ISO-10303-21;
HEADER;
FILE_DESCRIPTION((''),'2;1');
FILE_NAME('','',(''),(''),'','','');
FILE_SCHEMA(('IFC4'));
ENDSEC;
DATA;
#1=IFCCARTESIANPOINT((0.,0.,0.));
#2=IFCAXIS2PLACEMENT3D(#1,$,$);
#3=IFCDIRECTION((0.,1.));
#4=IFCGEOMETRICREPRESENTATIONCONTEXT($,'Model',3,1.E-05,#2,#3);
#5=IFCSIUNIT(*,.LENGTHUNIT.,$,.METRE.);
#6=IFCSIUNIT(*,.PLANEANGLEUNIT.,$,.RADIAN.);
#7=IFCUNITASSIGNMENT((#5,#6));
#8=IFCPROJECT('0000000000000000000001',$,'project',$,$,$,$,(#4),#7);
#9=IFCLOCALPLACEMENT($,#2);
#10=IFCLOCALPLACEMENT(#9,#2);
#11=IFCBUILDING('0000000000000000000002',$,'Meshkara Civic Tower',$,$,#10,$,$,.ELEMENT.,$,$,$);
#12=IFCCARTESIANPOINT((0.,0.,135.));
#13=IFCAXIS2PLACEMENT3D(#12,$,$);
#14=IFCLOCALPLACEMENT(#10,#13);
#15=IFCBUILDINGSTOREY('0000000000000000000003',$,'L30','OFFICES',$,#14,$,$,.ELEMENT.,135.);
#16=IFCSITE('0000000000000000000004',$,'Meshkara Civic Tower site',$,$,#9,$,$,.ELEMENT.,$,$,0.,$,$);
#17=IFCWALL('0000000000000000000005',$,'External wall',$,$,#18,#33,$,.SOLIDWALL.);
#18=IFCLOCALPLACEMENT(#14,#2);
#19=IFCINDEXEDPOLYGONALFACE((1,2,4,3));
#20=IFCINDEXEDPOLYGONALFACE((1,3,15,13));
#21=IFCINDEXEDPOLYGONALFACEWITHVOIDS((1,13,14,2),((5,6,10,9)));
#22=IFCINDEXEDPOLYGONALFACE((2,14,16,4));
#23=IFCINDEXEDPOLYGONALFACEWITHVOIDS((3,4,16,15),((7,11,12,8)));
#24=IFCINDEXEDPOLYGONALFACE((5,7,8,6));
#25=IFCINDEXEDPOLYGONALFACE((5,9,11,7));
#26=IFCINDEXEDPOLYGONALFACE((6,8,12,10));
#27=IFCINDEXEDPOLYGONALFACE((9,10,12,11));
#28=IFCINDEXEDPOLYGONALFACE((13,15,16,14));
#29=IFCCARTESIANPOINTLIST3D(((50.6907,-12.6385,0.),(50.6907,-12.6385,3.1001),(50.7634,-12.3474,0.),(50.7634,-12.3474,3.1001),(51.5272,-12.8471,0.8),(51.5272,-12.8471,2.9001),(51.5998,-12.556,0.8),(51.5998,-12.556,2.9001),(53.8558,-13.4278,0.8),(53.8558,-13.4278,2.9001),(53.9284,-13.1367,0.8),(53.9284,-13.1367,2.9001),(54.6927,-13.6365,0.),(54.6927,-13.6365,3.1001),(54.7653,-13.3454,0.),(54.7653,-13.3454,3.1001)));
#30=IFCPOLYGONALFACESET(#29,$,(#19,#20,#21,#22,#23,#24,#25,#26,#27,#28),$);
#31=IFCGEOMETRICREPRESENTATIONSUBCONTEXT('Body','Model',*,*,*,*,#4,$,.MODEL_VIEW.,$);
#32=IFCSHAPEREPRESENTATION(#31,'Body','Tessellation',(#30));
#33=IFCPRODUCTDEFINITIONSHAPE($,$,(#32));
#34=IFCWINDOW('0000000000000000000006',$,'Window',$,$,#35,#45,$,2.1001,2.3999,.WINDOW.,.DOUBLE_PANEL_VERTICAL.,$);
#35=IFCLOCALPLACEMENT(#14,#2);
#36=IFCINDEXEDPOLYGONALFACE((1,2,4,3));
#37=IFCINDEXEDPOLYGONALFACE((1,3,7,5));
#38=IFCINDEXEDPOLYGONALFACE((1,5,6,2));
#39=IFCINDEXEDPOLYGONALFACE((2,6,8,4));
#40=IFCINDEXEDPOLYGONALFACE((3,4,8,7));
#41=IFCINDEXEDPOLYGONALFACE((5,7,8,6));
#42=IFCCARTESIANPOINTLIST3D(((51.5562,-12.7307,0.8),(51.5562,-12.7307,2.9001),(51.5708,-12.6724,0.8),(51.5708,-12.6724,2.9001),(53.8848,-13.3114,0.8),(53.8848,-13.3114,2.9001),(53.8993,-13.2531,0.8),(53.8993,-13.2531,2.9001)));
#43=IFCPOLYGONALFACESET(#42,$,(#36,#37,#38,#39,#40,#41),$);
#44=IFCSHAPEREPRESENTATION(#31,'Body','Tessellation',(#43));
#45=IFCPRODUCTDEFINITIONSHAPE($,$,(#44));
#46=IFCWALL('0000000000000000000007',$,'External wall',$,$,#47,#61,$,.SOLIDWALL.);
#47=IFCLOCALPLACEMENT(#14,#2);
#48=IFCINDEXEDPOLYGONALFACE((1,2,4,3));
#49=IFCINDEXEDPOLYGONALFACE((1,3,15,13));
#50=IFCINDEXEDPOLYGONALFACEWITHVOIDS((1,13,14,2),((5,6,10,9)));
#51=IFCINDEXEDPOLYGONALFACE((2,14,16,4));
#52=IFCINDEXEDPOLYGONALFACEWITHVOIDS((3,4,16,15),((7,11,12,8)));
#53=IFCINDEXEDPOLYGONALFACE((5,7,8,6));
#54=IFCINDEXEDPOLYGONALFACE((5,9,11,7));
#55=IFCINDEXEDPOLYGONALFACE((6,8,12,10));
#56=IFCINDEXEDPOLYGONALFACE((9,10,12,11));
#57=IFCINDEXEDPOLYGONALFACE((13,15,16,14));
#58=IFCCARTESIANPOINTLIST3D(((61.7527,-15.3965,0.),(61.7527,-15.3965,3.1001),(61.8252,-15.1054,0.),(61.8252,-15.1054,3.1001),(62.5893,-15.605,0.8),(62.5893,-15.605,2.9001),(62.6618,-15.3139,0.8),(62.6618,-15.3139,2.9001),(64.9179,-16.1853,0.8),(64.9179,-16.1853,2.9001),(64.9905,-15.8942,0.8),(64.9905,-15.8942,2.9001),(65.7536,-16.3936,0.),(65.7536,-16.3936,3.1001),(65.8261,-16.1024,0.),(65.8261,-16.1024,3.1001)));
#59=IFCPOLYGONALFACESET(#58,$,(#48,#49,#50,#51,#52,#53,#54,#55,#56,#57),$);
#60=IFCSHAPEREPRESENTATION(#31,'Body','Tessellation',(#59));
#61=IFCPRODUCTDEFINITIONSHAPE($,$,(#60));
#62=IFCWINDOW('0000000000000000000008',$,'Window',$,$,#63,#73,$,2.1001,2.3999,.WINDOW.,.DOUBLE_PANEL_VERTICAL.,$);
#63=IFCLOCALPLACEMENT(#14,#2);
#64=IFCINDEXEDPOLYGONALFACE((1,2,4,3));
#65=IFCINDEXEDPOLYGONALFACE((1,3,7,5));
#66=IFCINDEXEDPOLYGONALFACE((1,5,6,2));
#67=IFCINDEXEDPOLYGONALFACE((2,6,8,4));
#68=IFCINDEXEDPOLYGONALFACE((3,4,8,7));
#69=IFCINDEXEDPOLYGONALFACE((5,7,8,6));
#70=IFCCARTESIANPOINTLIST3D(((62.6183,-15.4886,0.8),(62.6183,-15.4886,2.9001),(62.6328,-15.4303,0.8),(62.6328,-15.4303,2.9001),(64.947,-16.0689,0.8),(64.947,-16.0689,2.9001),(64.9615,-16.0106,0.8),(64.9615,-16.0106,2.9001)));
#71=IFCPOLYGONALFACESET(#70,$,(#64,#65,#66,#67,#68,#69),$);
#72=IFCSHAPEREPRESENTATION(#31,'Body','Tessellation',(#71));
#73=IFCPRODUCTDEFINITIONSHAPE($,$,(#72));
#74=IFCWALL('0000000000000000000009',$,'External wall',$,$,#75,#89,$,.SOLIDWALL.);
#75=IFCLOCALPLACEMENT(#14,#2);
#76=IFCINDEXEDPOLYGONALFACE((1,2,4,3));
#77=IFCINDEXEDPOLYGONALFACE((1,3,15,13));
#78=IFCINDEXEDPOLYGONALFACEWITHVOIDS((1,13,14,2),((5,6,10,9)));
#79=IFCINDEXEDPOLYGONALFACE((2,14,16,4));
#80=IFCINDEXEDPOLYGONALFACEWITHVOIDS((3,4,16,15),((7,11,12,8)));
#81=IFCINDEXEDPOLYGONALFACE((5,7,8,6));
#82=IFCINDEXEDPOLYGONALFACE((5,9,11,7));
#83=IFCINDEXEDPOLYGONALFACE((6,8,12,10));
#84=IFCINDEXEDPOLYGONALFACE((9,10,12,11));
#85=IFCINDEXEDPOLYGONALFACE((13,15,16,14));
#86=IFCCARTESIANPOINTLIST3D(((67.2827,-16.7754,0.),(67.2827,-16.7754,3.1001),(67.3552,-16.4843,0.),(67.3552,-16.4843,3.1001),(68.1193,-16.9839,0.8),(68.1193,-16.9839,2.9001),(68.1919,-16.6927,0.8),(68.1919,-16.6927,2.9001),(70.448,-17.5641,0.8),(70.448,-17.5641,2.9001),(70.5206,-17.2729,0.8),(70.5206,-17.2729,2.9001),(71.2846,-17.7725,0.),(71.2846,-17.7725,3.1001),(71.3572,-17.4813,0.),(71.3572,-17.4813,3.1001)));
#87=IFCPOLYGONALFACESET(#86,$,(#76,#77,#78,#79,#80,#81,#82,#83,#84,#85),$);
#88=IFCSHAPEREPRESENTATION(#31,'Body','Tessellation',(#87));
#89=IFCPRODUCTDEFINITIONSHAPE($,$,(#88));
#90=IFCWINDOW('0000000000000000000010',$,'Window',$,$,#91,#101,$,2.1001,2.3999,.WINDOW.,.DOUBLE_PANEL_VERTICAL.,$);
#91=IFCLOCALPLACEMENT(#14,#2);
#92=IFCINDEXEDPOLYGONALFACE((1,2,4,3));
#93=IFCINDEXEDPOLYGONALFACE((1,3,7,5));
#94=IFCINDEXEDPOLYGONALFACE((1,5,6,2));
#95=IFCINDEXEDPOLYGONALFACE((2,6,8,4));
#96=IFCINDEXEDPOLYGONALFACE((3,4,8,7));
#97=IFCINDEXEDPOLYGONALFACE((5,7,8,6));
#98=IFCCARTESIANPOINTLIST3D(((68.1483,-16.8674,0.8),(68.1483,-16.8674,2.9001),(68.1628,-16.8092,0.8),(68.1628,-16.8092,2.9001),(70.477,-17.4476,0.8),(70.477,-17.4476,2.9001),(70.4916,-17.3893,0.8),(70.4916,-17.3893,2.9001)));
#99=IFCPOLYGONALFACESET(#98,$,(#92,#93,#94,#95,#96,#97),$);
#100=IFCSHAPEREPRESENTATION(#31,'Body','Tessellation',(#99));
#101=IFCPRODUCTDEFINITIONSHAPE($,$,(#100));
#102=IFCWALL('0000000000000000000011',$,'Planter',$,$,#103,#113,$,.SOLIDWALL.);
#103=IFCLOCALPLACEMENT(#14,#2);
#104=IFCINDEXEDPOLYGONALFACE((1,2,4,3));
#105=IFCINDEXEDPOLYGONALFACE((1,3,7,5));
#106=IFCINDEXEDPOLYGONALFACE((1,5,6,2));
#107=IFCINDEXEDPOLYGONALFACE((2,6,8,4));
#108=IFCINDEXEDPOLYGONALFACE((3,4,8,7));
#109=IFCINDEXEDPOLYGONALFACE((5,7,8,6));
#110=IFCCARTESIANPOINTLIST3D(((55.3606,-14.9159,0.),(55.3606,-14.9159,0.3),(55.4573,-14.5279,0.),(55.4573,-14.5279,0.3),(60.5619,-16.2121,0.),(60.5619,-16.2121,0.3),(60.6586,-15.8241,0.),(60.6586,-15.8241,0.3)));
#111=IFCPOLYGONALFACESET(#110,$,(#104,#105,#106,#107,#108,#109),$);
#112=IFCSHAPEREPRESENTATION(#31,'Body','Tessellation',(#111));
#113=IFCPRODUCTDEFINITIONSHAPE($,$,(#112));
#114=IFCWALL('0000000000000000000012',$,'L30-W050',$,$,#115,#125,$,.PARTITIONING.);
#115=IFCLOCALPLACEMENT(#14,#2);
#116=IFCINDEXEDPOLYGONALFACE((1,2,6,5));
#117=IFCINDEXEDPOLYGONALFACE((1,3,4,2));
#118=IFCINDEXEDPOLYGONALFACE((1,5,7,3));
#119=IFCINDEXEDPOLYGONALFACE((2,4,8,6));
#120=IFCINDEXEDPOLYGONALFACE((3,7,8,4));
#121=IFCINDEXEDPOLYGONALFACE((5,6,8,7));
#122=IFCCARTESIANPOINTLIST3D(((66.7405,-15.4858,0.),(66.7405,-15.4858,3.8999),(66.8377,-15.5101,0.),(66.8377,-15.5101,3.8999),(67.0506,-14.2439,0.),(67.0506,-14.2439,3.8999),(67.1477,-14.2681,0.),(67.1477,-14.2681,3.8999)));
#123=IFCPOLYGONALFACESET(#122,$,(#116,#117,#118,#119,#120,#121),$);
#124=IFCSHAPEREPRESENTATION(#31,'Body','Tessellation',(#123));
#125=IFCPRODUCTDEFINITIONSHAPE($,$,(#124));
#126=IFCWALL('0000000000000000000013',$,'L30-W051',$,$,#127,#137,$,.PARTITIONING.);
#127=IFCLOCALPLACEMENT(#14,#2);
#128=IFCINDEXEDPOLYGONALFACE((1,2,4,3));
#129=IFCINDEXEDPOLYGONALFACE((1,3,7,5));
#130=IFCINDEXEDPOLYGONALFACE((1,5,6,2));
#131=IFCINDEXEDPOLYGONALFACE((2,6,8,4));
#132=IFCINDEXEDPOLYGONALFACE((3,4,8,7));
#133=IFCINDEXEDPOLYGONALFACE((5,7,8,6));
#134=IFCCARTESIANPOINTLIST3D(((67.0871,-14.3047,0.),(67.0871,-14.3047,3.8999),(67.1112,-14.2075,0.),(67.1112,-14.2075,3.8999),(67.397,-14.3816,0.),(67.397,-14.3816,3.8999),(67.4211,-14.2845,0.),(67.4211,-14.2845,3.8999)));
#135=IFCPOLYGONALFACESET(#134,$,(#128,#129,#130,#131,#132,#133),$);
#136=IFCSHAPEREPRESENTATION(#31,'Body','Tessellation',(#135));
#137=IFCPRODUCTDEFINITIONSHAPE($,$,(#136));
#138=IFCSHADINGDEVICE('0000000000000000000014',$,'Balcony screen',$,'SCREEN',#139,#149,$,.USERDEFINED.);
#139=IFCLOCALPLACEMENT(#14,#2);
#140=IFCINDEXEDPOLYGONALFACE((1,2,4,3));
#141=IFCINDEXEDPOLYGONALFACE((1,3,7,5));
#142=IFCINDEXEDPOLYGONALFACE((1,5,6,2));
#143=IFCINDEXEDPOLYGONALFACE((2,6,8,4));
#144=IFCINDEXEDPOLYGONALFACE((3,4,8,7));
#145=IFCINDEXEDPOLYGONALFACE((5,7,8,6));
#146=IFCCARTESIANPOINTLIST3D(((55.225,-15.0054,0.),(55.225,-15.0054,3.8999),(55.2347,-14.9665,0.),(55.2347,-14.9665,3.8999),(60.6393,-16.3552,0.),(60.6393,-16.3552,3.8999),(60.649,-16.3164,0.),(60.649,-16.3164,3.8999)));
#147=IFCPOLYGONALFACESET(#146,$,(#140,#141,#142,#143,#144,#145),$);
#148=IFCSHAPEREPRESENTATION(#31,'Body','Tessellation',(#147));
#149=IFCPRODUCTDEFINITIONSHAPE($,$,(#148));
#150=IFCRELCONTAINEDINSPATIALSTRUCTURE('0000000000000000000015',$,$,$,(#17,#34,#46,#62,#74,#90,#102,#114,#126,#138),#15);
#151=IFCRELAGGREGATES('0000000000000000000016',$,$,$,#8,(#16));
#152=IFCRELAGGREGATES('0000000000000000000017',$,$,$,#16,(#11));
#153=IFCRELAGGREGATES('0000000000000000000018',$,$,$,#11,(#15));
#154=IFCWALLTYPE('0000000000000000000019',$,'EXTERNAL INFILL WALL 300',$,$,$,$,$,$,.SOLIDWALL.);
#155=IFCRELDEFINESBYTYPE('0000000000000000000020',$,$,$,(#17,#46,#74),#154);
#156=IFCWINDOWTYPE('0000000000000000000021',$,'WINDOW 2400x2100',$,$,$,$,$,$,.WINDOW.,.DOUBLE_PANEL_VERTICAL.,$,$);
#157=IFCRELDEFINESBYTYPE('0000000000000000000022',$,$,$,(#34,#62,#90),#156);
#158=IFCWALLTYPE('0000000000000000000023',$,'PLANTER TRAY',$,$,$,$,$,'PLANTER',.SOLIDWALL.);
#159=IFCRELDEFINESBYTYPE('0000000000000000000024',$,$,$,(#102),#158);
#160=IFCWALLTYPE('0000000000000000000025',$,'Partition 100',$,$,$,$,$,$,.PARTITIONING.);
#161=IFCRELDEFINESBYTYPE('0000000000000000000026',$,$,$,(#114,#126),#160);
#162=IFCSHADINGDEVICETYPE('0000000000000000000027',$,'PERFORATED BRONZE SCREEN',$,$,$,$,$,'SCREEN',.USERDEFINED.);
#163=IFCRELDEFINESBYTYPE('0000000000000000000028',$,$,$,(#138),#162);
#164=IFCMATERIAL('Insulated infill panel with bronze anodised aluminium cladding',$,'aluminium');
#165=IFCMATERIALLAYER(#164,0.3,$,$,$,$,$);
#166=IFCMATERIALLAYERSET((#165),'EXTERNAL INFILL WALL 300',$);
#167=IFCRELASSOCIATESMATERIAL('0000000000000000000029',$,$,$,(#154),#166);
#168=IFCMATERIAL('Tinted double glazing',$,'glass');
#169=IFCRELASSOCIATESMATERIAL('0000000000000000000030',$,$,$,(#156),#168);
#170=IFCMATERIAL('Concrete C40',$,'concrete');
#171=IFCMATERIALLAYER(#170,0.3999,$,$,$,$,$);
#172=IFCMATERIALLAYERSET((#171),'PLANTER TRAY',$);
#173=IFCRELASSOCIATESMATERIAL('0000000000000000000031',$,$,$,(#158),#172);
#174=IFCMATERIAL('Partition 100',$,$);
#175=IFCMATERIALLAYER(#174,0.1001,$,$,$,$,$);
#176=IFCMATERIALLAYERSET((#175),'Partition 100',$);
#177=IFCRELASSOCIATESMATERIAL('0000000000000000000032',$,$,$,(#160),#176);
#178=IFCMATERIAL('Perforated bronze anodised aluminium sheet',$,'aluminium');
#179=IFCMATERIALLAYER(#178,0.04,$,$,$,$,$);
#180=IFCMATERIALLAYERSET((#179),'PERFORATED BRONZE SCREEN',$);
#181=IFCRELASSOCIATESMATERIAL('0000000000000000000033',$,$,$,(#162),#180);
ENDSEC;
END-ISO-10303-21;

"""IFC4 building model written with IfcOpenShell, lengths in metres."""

from ifc_helpers import new_model, si_unit, direction, frame, frame_2d, origin, origin_2d, place, context, subcontext, project, spatial, rectangle, extrude, material, layer, layer_set, type_object, element, fill, save


model = new_model("IFC4")

# Units and contexts
model_context = context("Model", 3, precision=1e-05, world=origin(), true_north=direction((0.0, 1.0)))
body_context = subcontext(model_context, "Body", "Model", "MODEL_VIEW")
ifc_project = project(units=[si_unit("LENGTHUNIT", "METRE"), si_unit("PLANEANGLEUNIT", "RADIAN")], contexts=[model_context])

# Site, building, storey
site_placement = place(None, origin())
site = spatial("IfcSite", under=ifc_project, at=site_placement, Name="Meshkara Civic Tower site", CompositionType="ELEMENT", RefElevation=0.0)
building_placement = place(site_placement, origin())
building = spatial("IfcBuilding", under=site, at=building_placement, Name="Meshkara Civic Tower", CompositionType="ELEMENT")
storey_placement = place(building_placement, frame((0.0, 0.0, 135.0)))
storey = spatial("IfcBuildingStorey", under=building, at=storey_placement, Name="L30", Description="OFFICES", CompositionType="ELEMENT", Elevation=135.0)

# Walls, openings, windows
ifc_material_1 = material(Name="Insulated infill panel with bronze anodised aluminium cladding", Category="aluminium")
ifc_layer_1 = layer(ifc_material_1, 0.3)
ifc_layer_set_1 = layer_set([ifc_layer_1], Name="EXTERNAL INFILL WALL 300")
wall_type_1 = type_object("IfcWallType", Name="EXTERNAL INFILL WALL 300", PredefinedType="SOLIDWALL", material=ifc_layer_set_1)
wall_1_placement = place(storey_placement, frame((50.7271, -12.4929, 0.0), z_axis=(0.0, 0.0, 1.0), x_axis=(0.970282, -0.241978, 0.0)))
wall_1 = element("IfcWall", 1, at=wall_1_placement, inside=storey, type_object=wall_type_1, Name="External wall", PredefinedType="SOLIDWALL", context=body_context, shape_type="SweptSolid", body=[
    extrude(rectangle(XDim=4.1245, YDim=0.3, at=frame_2d((2.0623, 0.0))), origin(), (0.0, 0.0, 1.0), 3.1001),
])
opening_1_placement = place(wall_1_placement, frame((0.8621, 0.0, 0.8)))
opening_1 = element("IfcOpeningElement", 2, at=opening_1_placement, cuts=wall_1, PredefinedType="OPENING", context=body_context, shape_type="SweptSolid", body=[
    extrude(rectangle(XDim=2.3999, YDim=2.1001, at=frame_2d((1.2, 1.05))), frame((0.0, 0.1599, 0.0), z_axis=(0.0, -1.0, 0.0), x_axis=(1.0, 0.0, 0.0)), (0.0, 0.0, 1.0), 0.3201),
])
ifc_material_2 = material(Name="Tinted double glazing", Category="glass")
window_type = type_object("IfcWindowType", Name="WINDOW 2400x2100", PartitioningType="DOUBLE_PANEL_VERTICAL", PredefinedType="WINDOW", material=ifc_material_2)
window_1_placement = place(opening_1_placement, origin())
window_1 = element("IfcWindow", 3, at=window_1_placement, inside=storey, type_object=window_type, Name="Window", OverallHeight=2.1001, OverallWidth=2.3999, PartitioningType="DOUBLE_PANEL_VERTICAL", PredefinedType="WINDOW", context=body_context, shape_type="SweptSolid", body=[
    extrude(rectangle(XDim=2.3999, YDim=2.1001, at=frame_2d((1.2, 1.05))), frame((0.0, 0.03, 0.0), z_axis=(0.0, -1.0, 0.0), x_axis=(1.0, 0.0, 0.0)), (0.0, 0.0, 1.0), 0.0601),
])
fill(opening_1, window_1)
wall_2_placement = place(storey_placement, frame((61.7891, -15.251, 0.0), z_axis=(0.0, 0.0, 1.0), x_axis=(0.970323, -0.241811, 0.0)))
wall_2 = element("IfcWall", 4, at=wall_2_placement, inside=storey, type_object=wall_type_1, Name="External wall", PredefinedType="SOLIDWALL", context=body_context, shape_type="SweptSolid", body=[
    extrude(rectangle(XDim=4.1233, YDim=0.3, at=frame_2d((2.0615, 0.0))), origin(), (0.0, 0.0, 1.0), 3.1001),
])
opening_2_placement = place(wall_2_placement, frame((0.8621, 0.0, 0.8)))
opening_2 = element("IfcOpeningElement", 5, at=opening_2_placement, cuts=wall_2, PredefinedType="OPENING", context=body_context, shape_type="SweptSolid", body=[
    extrude(rectangle(XDim=2.3999, YDim=2.1001, at=frame_2d((1.2, 1.05))), frame((0.0, 0.1599, 0.0), z_axis=(0.0, -1.0, 0.0), x_axis=(1.0, 0.0, 0.0)), (0.0, 0.0, 1.0), 0.3201),
])
window_2_placement = place(opening_2_placement, origin())
window_2 = element("IfcWindow", 6, at=window_2_placement, inside=storey, type_object=window_type, Name="Window", OverallHeight=2.1001, OverallWidth=2.3999, PartitioningType="DOUBLE_PANEL_VERTICAL", PredefinedType="WINDOW", context=body_context, shape_type="SweptSolid", body=[
    extrude(rectangle(XDim=2.3999, YDim=2.1001, at=frame_2d((1.2, 1.05))), frame((0.0, 0.03, 0.0), z_axis=(0.0, -1.0, 0.0), x_axis=(1.0, 0.0, 0.0)), (0.0, 0.0, 1.0), 0.0601),
])
fill(opening_2, window_2)
wall_3_placement = place(storey_placement, frame((67.3191, -16.6299, 0.0), z_axis=(0.0, 0.0, 1.0), x_axis=(0.970337, -0.241756, 0.0)))
wall_3 = element("IfcWall", 7, at=wall_3_placement, inside=storey, type_object=wall_type_1, Name="External wall", PredefinedType="SOLIDWALL", context=body_context, shape_type="SweptSolid", body=[
    extrude(rectangle(XDim=4.1243, YDim=0.3, at=frame_2d((2.062, 0.0))), origin(), (0.0, 0.0, 1.0), 3.1001),
])
opening_3_placement = place(wall_3_placement, frame((0.8621, 0.0, 0.8)))
opening_3 = element("IfcOpeningElement", 8, at=opening_3_placement, cuts=wall_3, PredefinedType="OPENING", context=body_context, shape_type="SweptSolid", body=[
    extrude(rectangle(XDim=2.3999, YDim=2.1001, at=frame_2d((1.2, 1.05))), frame((0.0, 0.1599, 0.0), z_axis=(0.0, -1.0, 0.0), x_axis=(1.0, 0.0, 0.0)), (0.0, 0.0, 1.0), 0.3201),
])
window_3_placement = place(opening_3_placement, origin())
window_3 = element("IfcWindow", 9, at=window_3_placement, inside=storey, type_object=window_type, Name="Window", OverallHeight=2.1001, OverallWidth=2.3999, PartitioningType="DOUBLE_PANEL_VERTICAL", PredefinedType="WINDOW", context=body_context, shape_type="SweptSolid", body=[
    extrude(rectangle(XDim=2.3999, YDim=2.1001, at=frame_2d((1.2, 1.05))), frame((0.0, 0.03, 0.0), z_axis=(0.0, -1.0, 0.0), x_axis=(1.0, 0.0, 0.0)), (0.0, 0.0, 1.0), 0.0601),
])
fill(opening_3, window_3)

# Walls
ifc_material_3 = material(Name="Concrete C40", Category="concrete")
ifc_layer_2 = layer(ifc_material_3, 0.3999)
ifc_layer_set_2 = layer_set([ifc_layer_2], Name="PLANTER TRAY")
wall_type_2 = type_object("IfcWallType", Name="PLANTER TRAY", ElementType="PLANTER", PredefinedType="SOLIDWALL", material=ifc_layer_set_2)
wall_4_placement = place(storey_placement, frame((55.4089, -14.7219, 0.0), z_axis=(0.0, 0.0, 1.0), x_axis=(0.970324, -0.241807, 0.0)))
element("IfcWall", 10, at=wall_4_placement, inside=storey, type_object=wall_type_2, Name="Planter", PredefinedType="SOLIDWALL", context=body_context, shape_type="SweptSolid", body=[
    extrude(rectangle(XDim=5.3604, YDim=0.3999, at=frame_2d((2.6802, 0.0))), origin(), (0.0, 0.0, 1.0), 0.3),
])
ifc_material_4 = material(Name="Partition 100")
ifc_layer_3 = layer(ifc_material_4, 0.1001)
ifc_layer_set_3 = layer_set([ifc_layer_3], Name="Partition 100")
wall_type_3 = type_object("IfcWallType", Name="Partition 100", PredefinedType="PARTITIONING", material=ifc_layer_set_3)
wall_5_placement = place(storey_placement, frame((66.7891, -15.498, 0.0), z_axis=(0.0, 0.0, 1.0), x_axis=(0.242221, 0.970221, 0.0)))
element("IfcWall", 11, at=wall_5_placement, inside=storey, type_object=wall_type_3, Name="L30-W050", PredefinedType="PARTITIONING", context=body_context, shape_type="SweptSolid", body=[
    extrude(rectangle(XDim=1.28, YDim=0.1001, at=frame_2d((0.6401, 0.0))), origin(), (0.0, 0.0, 1.0), 3.8999),
])
wall_6_placement = place(storey_placement, frame((67.0991, -14.2561, 0.0), z_axis=(0.0, 0.0, 1.0), x_axis=(0.970546, -0.240916, 0.0)))
element("IfcWall", 12, at=wall_6_placement, inside=storey, type_object=wall_type_3, Name="L30-W051", PredefinedType="PARTITIONING", context=body_context, shape_type="SweptSolid", body=[
    extrude(rectangle(XDim=0.3193, YDim=0.1001, at=frame_2d((0.1597, 0.0))), origin(), (0.0, 0.0, 1.0), 3.8999),
])

# Shading device
ifc_material_5 = material(Name="Perforated bronze anodised aluminium sheet", Category="aluminium")
ifc_layer_4 = layer(ifc_material_5, 0.04)
ifc_layer_set_4 = layer_set([ifc_layer_4], Name="PERFORATED BRONZE SCREEN")
shading_device_type = type_object("IfcShadingDeviceType", Name="PERFORATED BRONZE SCREEN", ElementType="SCREEN", PredefinedType="USERDEFINED", material=ifc_layer_set_4)
shading_device_placement = place(storey_placement, frame((57.937, -15.6609, 0.0), z_axis=(0.0, 0.0, 1.0), x_axis=(0.9703, -0.241905, 0.0)))
element("IfcShadingDevice", 13, at=shading_device_placement, inside=storey, type_object=shading_device_type, Name="Balcony screen", ObjectType="SCREEN", PredefinedType="USERDEFINED", context=body_context, shape_type="SweptSolid", body=[
    extrude(rectangle(XDim=5.5801, YDim=0.04, at=origin_2d()), origin(), (0.0, 0.0, 1.0), 3.8999),
])

save(model, "model.ifc")
